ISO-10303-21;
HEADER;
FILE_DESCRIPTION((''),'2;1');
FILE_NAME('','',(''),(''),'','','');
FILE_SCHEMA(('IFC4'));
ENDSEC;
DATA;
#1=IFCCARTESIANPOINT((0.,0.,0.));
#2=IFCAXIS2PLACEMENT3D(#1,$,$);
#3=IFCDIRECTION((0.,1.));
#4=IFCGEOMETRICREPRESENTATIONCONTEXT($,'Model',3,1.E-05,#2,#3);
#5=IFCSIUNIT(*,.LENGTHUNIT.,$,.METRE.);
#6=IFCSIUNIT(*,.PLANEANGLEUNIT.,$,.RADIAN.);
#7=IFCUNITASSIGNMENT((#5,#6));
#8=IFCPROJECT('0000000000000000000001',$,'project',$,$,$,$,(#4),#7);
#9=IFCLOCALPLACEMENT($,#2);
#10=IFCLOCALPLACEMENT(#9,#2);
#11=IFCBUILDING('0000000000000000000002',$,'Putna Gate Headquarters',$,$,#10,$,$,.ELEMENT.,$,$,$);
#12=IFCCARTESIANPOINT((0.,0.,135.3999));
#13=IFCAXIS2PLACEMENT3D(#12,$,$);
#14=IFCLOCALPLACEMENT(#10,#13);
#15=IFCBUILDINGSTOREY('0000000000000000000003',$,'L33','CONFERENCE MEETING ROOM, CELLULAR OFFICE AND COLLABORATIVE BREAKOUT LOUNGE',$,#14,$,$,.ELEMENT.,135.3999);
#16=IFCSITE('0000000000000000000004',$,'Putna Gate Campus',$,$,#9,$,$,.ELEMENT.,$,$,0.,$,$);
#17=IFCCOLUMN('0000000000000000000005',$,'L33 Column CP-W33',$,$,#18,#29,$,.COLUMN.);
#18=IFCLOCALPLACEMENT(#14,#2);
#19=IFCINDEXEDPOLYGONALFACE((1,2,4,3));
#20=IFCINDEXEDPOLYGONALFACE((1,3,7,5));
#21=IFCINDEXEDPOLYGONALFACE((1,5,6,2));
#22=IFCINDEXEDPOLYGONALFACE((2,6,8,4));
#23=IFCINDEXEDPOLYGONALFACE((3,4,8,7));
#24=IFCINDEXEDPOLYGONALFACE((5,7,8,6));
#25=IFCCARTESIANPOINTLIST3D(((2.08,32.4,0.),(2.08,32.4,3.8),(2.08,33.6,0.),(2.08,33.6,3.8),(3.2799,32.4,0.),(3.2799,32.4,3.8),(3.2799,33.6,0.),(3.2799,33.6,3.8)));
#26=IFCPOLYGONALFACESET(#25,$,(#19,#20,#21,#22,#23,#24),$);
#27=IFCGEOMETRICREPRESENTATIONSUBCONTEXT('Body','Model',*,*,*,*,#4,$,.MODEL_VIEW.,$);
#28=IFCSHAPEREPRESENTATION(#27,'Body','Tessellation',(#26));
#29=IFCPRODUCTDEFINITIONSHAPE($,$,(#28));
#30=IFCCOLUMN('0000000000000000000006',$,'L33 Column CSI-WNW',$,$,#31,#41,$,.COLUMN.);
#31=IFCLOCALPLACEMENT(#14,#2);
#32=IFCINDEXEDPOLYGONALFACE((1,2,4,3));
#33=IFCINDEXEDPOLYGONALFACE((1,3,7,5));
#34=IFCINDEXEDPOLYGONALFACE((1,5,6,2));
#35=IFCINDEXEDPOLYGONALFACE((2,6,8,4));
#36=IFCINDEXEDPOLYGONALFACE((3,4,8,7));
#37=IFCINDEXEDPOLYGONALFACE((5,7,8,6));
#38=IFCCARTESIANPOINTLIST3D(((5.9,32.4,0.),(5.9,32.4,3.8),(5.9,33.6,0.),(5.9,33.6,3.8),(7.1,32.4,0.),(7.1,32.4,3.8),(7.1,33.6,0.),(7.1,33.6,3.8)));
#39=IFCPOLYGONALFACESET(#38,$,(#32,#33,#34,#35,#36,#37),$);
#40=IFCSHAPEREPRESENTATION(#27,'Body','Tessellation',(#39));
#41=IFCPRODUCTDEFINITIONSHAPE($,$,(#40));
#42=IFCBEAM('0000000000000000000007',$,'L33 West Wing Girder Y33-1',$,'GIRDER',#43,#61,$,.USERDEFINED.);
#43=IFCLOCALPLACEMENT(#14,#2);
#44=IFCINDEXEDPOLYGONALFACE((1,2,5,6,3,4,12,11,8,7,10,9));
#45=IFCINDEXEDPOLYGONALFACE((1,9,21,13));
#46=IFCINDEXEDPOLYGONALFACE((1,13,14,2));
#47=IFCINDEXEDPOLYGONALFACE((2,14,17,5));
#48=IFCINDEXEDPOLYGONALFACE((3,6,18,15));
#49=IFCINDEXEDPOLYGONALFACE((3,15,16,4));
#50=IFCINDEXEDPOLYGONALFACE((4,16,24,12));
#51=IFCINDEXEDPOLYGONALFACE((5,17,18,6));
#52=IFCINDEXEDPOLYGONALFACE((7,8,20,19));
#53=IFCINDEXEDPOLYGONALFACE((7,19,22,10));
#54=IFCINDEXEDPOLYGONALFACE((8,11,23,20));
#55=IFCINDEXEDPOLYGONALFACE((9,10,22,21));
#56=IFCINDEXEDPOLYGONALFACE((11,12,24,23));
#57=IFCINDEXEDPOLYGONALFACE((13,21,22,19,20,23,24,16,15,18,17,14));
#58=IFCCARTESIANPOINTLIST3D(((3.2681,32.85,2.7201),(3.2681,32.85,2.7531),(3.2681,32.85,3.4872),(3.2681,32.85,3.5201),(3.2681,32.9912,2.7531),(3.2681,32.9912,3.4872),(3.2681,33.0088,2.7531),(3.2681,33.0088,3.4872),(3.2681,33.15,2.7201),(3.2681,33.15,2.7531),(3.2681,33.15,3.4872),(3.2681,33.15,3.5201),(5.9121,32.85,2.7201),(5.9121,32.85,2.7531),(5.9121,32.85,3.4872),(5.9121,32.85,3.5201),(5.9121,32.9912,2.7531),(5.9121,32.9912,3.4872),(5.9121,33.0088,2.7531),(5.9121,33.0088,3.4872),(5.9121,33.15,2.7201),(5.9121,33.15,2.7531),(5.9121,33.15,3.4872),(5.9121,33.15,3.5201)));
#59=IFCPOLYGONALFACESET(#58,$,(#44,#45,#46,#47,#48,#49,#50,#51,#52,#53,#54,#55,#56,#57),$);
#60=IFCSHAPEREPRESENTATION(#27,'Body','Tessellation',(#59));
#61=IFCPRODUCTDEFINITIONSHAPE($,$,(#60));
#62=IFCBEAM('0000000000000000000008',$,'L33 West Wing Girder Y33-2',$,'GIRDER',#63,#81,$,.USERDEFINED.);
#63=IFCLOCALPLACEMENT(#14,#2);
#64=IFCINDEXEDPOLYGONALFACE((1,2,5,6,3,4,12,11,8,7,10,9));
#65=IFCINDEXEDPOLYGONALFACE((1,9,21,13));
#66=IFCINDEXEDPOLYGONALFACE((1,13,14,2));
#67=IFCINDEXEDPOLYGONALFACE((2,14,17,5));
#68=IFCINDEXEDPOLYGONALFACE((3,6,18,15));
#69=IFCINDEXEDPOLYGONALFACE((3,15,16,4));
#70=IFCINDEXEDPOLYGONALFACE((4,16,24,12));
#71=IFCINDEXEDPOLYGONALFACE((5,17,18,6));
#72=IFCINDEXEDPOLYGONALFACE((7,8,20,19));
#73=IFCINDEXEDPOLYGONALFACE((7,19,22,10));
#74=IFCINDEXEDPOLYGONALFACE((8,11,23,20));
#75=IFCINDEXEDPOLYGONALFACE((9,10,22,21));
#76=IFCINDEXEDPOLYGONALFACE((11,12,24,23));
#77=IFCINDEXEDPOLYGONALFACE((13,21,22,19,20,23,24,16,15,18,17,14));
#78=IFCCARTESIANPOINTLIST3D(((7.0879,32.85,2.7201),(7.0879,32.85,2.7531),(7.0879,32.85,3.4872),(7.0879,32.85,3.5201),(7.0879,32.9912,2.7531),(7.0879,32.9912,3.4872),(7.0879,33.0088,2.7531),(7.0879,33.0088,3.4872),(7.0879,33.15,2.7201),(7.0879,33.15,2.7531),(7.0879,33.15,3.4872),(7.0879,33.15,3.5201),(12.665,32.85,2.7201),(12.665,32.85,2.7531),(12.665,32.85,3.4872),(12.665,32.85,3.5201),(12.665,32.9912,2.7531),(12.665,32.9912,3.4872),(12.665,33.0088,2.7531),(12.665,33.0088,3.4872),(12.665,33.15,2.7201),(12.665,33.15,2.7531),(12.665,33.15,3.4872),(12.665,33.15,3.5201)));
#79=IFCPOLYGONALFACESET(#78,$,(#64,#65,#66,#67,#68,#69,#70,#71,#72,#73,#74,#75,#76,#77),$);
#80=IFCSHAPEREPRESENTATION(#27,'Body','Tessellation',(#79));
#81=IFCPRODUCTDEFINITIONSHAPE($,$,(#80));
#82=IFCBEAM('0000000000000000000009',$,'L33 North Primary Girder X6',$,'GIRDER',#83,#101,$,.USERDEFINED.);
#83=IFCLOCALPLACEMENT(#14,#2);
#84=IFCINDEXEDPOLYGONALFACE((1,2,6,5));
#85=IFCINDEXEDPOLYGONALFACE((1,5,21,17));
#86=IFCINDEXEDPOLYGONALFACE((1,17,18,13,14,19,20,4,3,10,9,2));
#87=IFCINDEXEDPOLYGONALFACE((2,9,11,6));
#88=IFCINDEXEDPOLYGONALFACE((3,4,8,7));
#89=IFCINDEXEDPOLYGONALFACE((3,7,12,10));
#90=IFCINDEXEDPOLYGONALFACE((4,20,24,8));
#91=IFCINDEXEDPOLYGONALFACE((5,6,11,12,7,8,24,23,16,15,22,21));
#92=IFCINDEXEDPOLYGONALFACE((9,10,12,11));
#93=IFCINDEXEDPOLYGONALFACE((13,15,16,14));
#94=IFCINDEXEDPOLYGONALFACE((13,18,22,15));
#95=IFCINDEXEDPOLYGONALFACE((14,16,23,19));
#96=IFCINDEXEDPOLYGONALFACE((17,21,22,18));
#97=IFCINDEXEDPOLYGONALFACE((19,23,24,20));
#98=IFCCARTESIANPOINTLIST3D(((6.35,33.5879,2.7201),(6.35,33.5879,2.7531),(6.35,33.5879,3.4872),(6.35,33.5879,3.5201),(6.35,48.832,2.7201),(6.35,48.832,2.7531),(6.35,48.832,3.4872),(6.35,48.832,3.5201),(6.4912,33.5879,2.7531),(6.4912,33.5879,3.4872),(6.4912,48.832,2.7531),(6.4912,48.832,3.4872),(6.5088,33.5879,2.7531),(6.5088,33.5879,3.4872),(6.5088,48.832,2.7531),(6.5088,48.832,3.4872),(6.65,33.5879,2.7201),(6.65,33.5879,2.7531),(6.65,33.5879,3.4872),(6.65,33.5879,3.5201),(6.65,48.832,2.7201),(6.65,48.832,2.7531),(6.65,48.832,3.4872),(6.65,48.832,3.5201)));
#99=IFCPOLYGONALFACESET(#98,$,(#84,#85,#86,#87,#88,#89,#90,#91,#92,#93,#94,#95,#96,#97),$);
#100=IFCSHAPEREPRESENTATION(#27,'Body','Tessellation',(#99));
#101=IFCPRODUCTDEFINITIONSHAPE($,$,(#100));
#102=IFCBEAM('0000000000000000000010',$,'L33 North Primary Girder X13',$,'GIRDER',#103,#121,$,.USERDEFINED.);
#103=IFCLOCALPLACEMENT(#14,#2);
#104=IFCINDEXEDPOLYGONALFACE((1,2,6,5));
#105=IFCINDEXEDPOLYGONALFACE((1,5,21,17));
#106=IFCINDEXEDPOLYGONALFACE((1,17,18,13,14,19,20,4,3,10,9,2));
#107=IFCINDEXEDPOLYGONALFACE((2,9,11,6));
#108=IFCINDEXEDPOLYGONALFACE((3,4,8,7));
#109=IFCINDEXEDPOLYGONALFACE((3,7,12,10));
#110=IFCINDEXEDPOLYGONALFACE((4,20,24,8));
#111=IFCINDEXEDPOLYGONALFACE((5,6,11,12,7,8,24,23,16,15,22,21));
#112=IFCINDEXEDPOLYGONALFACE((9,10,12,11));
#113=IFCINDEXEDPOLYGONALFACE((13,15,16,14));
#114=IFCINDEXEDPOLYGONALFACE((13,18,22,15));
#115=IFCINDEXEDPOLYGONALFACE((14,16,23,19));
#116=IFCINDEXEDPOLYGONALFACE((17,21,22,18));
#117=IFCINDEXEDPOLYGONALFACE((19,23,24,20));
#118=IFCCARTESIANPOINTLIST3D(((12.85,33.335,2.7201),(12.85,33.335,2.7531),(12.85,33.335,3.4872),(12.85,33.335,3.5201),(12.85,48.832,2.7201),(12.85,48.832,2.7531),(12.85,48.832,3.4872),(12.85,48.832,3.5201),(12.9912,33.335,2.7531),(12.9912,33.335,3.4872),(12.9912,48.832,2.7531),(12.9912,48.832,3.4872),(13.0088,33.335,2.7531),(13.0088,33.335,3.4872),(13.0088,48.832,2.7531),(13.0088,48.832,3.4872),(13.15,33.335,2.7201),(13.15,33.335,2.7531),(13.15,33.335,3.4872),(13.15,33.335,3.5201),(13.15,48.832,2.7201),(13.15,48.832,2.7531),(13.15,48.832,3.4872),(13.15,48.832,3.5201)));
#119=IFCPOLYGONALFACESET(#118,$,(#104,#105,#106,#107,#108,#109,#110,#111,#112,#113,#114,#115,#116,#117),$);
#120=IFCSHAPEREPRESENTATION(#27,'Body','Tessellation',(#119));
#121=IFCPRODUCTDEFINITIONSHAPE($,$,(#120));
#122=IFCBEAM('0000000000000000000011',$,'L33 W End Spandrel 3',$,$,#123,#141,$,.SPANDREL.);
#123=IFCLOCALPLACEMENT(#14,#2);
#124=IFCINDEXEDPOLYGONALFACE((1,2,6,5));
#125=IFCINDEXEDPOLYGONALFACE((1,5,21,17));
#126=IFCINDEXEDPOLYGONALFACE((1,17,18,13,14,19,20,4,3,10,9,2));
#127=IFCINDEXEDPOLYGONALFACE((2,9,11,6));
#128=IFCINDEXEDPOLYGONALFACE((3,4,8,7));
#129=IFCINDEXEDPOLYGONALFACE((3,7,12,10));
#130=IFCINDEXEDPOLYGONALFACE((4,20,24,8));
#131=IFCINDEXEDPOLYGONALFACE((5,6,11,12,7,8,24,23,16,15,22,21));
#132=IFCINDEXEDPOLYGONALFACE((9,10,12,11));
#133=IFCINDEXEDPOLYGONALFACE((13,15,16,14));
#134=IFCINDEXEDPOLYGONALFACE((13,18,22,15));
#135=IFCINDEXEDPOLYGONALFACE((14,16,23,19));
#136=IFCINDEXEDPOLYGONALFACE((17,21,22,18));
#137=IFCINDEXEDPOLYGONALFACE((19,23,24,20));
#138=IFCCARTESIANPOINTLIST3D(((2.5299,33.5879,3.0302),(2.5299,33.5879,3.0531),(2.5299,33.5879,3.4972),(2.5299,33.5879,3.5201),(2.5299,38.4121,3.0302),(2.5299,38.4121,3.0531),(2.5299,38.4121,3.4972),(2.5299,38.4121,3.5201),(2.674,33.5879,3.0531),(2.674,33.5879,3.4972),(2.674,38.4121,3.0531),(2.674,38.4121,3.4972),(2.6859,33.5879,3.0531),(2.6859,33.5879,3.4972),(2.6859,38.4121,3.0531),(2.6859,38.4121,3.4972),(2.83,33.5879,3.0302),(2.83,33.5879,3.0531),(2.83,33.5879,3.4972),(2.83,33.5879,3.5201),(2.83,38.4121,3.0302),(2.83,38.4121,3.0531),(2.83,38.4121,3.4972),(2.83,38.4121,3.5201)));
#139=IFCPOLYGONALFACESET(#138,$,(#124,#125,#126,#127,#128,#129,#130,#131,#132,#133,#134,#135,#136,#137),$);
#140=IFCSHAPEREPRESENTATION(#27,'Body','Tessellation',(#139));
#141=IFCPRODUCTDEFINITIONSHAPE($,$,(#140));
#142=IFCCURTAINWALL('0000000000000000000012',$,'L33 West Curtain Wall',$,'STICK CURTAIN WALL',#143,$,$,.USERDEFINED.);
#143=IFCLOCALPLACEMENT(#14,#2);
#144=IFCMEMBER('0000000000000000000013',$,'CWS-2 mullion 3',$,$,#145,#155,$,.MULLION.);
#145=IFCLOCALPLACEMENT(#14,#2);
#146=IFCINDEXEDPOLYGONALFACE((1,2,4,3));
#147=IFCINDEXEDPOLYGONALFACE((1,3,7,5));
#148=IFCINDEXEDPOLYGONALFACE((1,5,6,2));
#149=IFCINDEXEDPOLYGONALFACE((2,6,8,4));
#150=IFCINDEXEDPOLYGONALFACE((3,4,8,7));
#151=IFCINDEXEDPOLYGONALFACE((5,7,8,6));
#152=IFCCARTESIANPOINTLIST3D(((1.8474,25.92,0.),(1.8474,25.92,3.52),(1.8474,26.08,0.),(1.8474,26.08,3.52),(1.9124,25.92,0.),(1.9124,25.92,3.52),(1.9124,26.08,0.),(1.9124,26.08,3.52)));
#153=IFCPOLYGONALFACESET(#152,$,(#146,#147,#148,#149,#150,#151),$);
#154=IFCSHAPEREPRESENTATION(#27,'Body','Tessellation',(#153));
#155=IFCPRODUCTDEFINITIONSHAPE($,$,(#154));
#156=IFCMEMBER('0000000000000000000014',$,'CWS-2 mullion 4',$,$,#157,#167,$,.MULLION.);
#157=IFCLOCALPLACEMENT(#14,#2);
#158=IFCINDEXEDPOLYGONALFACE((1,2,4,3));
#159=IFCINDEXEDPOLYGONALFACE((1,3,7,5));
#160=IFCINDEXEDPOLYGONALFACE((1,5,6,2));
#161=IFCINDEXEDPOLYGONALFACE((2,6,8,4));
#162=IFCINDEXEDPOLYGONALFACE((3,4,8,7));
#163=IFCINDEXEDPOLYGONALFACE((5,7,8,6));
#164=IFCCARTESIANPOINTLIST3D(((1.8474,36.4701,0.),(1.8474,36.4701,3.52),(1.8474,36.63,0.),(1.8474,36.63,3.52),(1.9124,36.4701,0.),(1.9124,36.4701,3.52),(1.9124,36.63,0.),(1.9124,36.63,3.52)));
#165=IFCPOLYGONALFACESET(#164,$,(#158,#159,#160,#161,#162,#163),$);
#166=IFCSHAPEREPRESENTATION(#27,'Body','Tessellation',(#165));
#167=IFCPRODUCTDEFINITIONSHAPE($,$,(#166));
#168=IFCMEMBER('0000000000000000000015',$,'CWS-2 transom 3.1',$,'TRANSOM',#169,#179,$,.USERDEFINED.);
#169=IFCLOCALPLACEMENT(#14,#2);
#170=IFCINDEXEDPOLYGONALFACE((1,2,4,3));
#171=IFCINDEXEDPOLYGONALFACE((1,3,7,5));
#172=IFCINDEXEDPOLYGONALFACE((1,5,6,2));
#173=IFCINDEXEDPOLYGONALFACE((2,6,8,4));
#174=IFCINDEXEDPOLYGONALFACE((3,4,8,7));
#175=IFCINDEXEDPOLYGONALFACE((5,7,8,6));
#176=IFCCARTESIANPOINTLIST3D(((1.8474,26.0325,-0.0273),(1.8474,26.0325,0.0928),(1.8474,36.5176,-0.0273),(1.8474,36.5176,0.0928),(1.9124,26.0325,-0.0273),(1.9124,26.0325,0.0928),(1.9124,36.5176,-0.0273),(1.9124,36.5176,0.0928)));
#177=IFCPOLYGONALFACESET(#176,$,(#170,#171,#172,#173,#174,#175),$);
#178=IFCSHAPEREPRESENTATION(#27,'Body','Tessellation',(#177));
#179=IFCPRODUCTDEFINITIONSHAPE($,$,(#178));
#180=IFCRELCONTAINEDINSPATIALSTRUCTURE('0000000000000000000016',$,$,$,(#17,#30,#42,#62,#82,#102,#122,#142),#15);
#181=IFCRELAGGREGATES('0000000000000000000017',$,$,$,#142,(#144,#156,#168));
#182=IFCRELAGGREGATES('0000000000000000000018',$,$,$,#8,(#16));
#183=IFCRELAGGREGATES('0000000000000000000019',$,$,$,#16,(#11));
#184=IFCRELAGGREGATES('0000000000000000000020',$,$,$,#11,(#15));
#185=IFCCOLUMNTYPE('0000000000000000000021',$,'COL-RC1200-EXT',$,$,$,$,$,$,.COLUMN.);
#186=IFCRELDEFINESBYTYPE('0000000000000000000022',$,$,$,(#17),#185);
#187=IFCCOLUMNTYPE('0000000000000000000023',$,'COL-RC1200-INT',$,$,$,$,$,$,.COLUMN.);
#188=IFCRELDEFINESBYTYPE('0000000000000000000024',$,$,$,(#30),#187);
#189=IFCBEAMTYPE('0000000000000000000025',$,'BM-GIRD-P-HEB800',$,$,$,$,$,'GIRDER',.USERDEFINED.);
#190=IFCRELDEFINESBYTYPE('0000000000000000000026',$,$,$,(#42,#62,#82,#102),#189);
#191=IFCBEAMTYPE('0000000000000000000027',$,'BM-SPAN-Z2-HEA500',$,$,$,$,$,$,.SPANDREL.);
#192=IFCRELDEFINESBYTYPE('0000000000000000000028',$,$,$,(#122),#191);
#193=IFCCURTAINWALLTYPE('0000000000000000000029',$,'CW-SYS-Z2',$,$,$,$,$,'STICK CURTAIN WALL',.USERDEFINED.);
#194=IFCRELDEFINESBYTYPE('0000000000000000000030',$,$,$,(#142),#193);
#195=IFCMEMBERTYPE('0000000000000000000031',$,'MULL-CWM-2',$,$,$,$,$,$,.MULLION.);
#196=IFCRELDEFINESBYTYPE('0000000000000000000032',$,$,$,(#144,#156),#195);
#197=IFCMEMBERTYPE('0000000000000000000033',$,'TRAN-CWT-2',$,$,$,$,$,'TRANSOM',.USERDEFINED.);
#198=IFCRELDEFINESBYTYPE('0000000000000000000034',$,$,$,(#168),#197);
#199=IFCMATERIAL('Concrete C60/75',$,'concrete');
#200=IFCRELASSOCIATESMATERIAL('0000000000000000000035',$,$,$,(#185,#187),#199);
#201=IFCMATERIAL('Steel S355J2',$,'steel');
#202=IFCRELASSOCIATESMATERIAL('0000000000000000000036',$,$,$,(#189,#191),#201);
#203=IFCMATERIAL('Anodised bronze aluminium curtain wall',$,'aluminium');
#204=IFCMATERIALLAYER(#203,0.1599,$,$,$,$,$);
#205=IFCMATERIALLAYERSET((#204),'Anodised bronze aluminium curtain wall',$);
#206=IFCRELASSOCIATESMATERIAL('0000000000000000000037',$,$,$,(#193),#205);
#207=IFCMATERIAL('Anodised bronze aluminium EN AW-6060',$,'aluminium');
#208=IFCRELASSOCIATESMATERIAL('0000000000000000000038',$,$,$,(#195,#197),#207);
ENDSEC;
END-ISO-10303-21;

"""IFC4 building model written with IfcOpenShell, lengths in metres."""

from ifc_helpers import new_model, si_unit, direction, frame, origin, origin_2d, place, context, subcontext, project, spatial, rectangle, i_section, extrude, material, layer, layer_set, material_profile, profile_set, type_object, element, aggregate, save


model = new_model("IFC4")

# Units and contexts
model_context = context("Model", 3, precision=1e-05, world=origin(), true_north=direction((0.0, 1.0)))
body_context = subcontext(model_context, "Body", "Model", "MODEL_VIEW")
ifc_project = project(units=[si_unit("LENGTHUNIT", "METRE"), si_unit("PLANEANGLEUNIT", "RADIAN")], contexts=[model_context])

# Site, building, storey
site_placement = place(None, origin())
site = spatial("IfcSite", under=ifc_project, at=site_placement, Name="Putna Gate Campus", CompositionType="ELEMENT", RefElevation=0.0)
building_placement = place(site_placement, origin())
building = spatial("IfcBuilding", under=site, at=building_placement, Name="Putna Gate Headquarters", CompositionType="ELEMENT")
storey_placement = place(building_placement, frame((0.0, 0.0, 135.3999)))
storey = spatial("IfcBuildingStorey", under=building, at=storey_placement, Name="L33", Description="CONFERENCE MEETING ROOM, CELLULAR OFFICE AND COLLABORATIVE BREAKOUT LOUNGE", CompositionType="ELEMENT", Elevation=135.3999)

# Columns
ifc_material_1 = material(Name="Concrete C60/75", Category="concrete")
ifc_material_profile_1 = material_profile(ifc_material_1, rectangle(XDim=1.2, YDim=1.2, at=origin_2d()), Name="Concrete C60/75")
ifc_profile_set_1 = profile_set([ifc_material_profile_1], Name="Concrete C60/75")
column_type_1 = type_object("IfcColumnType", Name="COL-RC1200-EXT", PredefinedType="COLUMN", material=ifc_profile_set_1)
column_1_placement = place(storey_placement, frame((2.6799, 33.0, 0.0), z_axis=(0.0, 0.0, 1.0), x_axis=(1.0, 0.0, 0.0)))
element("IfcColumn", 1, at=column_1_placement, inside=storey, type_object=column_type_1, Name="L33 Column CP-W33", PredefinedType="COLUMN", context=body_context, shape_type="SweptSolid", body=[
    extrude(rectangle(XDim=1.2, YDim=1.2, at=origin_2d()), origin(), (0.0, 0.0, 1.0), 3.8),
])
ifc_material_profile_2 = material_profile(ifc_material_1, rectangle(XDim=1.2, YDim=1.2, at=origin_2d()), Name="Concrete C60/75")
ifc_profile_set_2 = profile_set([ifc_material_profile_2], Name="Concrete C60/75")
column_type_2 = type_object("IfcColumnType", Name="COL-RC1200-INT", PredefinedType="COLUMN", material=ifc_profile_set_2)
column_2_placement = place(storey_placement, frame((6.5, 33.0, 0.0), z_axis=(0.0, 0.0, 1.0), x_axis=(1.0, 0.0, 0.0)))
element("IfcColumn", 2, at=column_2_placement, inside=storey, type_object=column_type_2, Name="L33 Column CSI-WNW", PredefinedType="COLUMN", context=body_context, shape_type="SweptSolid", body=[
    extrude(rectangle(XDim=1.2, YDim=1.2, at=origin_2d()), origin(), (0.0, 0.0, 1.0), 3.8),
])

# Beams
ifc_material_2 = material(Name="Steel S355J2", Category="steel")
ifc_material_profile_3 = material_profile(ifc_material_2, i_section(OverallWidth=0.3, OverallDepth=0.8, WebThickness=0.0176, FlangeThickness=0.033, at=origin_2d()), Name="Steel S355J2")
ifc_profile_set_3 = profile_set([ifc_material_profile_3], Name="Steel S355J2")
beam_type_1 = type_object("IfcBeamType", Name="BM-GIRD-P-HEB800", ElementType="GIRDER", PredefinedType="USERDEFINED", material=ifc_profile_set_3)
beam_1_placement = place(storey_placement, frame((3.2681, 33.0, 3.1201), z_axis=(1.0, 0.0, 0.0), x_axis=(0.0, 1.0, 0.0)))
element("IfcBeam", 3, at=beam_1_placement, inside=storey, type_object=beam_type_1, Name="L33 West Wing Girder Y33-1", ObjectType="GIRDER", PredefinedType="USERDEFINED", context=body_context, shape_type="SweptSolid", body=[
    extrude(i_section(OverallWidth=0.3, OverallDepth=0.8, WebThickness=0.0176, FlangeThickness=0.033, at=origin_2d()), origin(), (0.0, 0.0, 1.0), 2.644),
])
beam_2_placement = place(storey_placement, frame((7.0879, 33.0, 3.1201), z_axis=(1.0, 0.0, 0.0), x_axis=(0.0, 1.0, 0.0)))
element("IfcBeam", 4, at=beam_2_placement, inside=storey, type_object=beam_type_1, Name="L33 West Wing Girder Y33-2", ObjectType="GIRDER", PredefinedType="USERDEFINED", context=body_context, shape_type="SweptSolid", body=[
    extrude(i_section(OverallWidth=0.3, OverallDepth=0.8, WebThickness=0.0176, FlangeThickness=0.033, at=origin_2d()), origin(), (0.0, 0.0, 1.0), 5.5771),
])
beam_3_placement = place(storey_placement, frame((6.5, 33.5879, 3.1201), z_axis=(0.0, 1.0, 0.0), x_axis=(-1.0, 0.0, 0.0)))
element("IfcBeam", 5, at=beam_3_placement, inside=storey, type_object=beam_type_1, Name="L33 North Primary Girder X6", ObjectType="GIRDER", PredefinedType="USERDEFINED", context=body_context, shape_type="SweptSolid", body=[
    extrude(i_section(OverallWidth=0.3, OverallDepth=0.8, WebThickness=0.0176, FlangeThickness=0.033, at=origin_2d()), origin(), (0.0, 0.0, 1.0), 15.2441),
])
beam_4_placement = place(storey_placement, frame((13.0, 33.335, 3.1201), z_axis=(0.0, 1.0, 0.0), x_axis=(-1.0, 0.0, 0.0)))
element("IfcBeam", 6, at=beam_4_placement, inside=storey, type_object=beam_type_1, Name="L33 North Primary Girder X13", ObjectType="GIRDER", PredefinedType="USERDEFINED", context=body_context, shape_type="SweptSolid", body=[
    extrude(i_section(OverallWidth=0.3, OverallDepth=0.8, WebThickness=0.0176, FlangeThickness=0.033, at=origin_2d()), origin(), (0.0, 0.0, 1.0), 15.4971),
])
ifc_material_profile_4 = material_profile(ifc_material_2, i_section(OverallWidth=0.3, OverallDepth=0.49, WebThickness=0.012, FlangeThickness=0.0229, at=origin_2d()), Name="Steel S355J2")
ifc_profile_set_4 = profile_set([ifc_material_profile_4], Name="Steel S355J2")
beam_type_2 = type_object("IfcBeamType", Name="BM-SPAN-Z2-HEA500", PredefinedType="SPANDREL", material=ifc_profile_set_4)
beam_5_placement = place(storey_placement, frame((2.6799, 33.5879, 3.2751), z_axis=(0.0, 1.0, 0.0), x_axis=(-1.0, 0.0, 0.0)))
element("IfcBeam", 7, at=beam_5_placement, inside=storey, type_object=beam_type_2, Name="L33 W End Spandrel 3", PredefinedType="SPANDREL", context=body_context, shape_type="SweptSolid", body=[
    extrude(i_section(OverallWidth=0.3, OverallDepth=0.49, WebThickness=0.012, FlangeThickness=0.0229, at=origin_2d()), origin(), (0.0, 0.0, 1.0), 4.8242),
])

# Curtain wall, members
ifc_material_3 = material(Name="Anodised bronze aluminium curtain wall", Category="aluminium")
ifc_layer_1 = layer(ifc_material_3, 0.1599)
ifc_layer_set_1 = layer_set([ifc_layer_1], Name="Anodised bronze aluminium curtain wall")
curtain_wall_type = type_object("IfcCurtainWallType", Name="CW-SYS-Z2", ElementType="STICK CURTAIN WALL", PredefinedType="USERDEFINED", material=ifc_layer_set_1)
curtain_wall_placement = place(storey_placement, origin())
curtain_wall = element("IfcCurtainWall", 8, at=curtain_wall_placement, inside=storey, type_object=curtain_wall_type, Name="L33 West Curtain Wall", ObjectType="STICK CURTAIN WALL", PredefinedType="USERDEFINED")
ifc_material_4 = material(Name="Anodised bronze aluminium EN AW-6060", Category="aluminium")
ifc_material_profile_5 = material_profile(ifc_material_4, rectangle(XDim=0.0649, YDim=0.1599, at=origin_2d()), Name="Anodised bronze aluminium EN AW-6060")
ifc_profile_set_5 = profile_set([ifc_material_profile_5], Name="Anodised bronze aluminium EN AW-6060")
member_type_1 = type_object("IfcMemberType", Name="MULL-CWM-2", PredefinedType="MULLION", material=ifc_profile_set_5)
member_1_placement = place(storey_placement, frame((1.8799, 26.0, 0.0), z_axis=(0.0, 0.0, 1.0), x_axis=(-1.0, 0.0, 0.0)))
member_1 = element("IfcMember", 9, at=member_1_placement, type_object=member_type_1, Name="CWS-2 mullion 3", PredefinedType="MULLION", context=body_context, shape_type="SweptSolid", body=[
    extrude(rectangle(XDim=0.0649, YDim=0.1599, at=origin_2d()), origin(), (0.0, 0.0, 1.0), 3.52),
])
member_2_placement = place(storey_placement, frame((1.8799, 36.55, 0.0), z_axis=(0.0, 0.0, 1.0), x_axis=(-1.0, 0.0, 0.0)))
member_2 = element("IfcMember", 10, at=member_2_placement, type_object=member_type_1, Name="CWS-2 mullion 4", PredefinedType="MULLION", context=body_context, shape_type="SweptSolid", body=[
    extrude(rectangle(XDim=0.0649, YDim=0.1599, at=origin_2d()), origin(), (0.0, 0.0, 1.0), 3.52),
])
ifc_material_profile_6 = material_profile(ifc_material_4, rectangle(XDim=0.0649, YDim=0.1201, at=origin_2d()), Name="Anodised bronze aluminium EN AW-6060")
ifc_profile_set_6 = profile_set([ifc_material_profile_6], Name="Anodised bronze aluminium EN AW-6060")
member_type_2 = type_object("IfcMemberType", Name="TRAN-CWT-2", ElementType="TRANSOM", PredefinedType="USERDEFINED", material=ifc_profile_set_6)
member_3_placement = place(storey_placement, frame((1.8799, 26.0325, 0.0327), z_axis=(0.0, 1.0, 0.0), x_axis=(-1.0, 0.0, 0.0)))
member_3 = element("IfcMember", 11, at=member_3_placement, type_object=member_type_2, Name="CWS-2 transom 3.1", ObjectType="TRANSOM", PredefinedType="USERDEFINED", context=body_context, shape_type="SweptSolid", body=[
    extrude(rectangle(XDim=0.0649, YDim=0.1201, at=origin_2d()), origin(), (0.0, 0.0, 1.0), 10.4851),
])
aggregate(curtain_wall, [member_1, member_2, member_3])

save(model, "model.ifc")
